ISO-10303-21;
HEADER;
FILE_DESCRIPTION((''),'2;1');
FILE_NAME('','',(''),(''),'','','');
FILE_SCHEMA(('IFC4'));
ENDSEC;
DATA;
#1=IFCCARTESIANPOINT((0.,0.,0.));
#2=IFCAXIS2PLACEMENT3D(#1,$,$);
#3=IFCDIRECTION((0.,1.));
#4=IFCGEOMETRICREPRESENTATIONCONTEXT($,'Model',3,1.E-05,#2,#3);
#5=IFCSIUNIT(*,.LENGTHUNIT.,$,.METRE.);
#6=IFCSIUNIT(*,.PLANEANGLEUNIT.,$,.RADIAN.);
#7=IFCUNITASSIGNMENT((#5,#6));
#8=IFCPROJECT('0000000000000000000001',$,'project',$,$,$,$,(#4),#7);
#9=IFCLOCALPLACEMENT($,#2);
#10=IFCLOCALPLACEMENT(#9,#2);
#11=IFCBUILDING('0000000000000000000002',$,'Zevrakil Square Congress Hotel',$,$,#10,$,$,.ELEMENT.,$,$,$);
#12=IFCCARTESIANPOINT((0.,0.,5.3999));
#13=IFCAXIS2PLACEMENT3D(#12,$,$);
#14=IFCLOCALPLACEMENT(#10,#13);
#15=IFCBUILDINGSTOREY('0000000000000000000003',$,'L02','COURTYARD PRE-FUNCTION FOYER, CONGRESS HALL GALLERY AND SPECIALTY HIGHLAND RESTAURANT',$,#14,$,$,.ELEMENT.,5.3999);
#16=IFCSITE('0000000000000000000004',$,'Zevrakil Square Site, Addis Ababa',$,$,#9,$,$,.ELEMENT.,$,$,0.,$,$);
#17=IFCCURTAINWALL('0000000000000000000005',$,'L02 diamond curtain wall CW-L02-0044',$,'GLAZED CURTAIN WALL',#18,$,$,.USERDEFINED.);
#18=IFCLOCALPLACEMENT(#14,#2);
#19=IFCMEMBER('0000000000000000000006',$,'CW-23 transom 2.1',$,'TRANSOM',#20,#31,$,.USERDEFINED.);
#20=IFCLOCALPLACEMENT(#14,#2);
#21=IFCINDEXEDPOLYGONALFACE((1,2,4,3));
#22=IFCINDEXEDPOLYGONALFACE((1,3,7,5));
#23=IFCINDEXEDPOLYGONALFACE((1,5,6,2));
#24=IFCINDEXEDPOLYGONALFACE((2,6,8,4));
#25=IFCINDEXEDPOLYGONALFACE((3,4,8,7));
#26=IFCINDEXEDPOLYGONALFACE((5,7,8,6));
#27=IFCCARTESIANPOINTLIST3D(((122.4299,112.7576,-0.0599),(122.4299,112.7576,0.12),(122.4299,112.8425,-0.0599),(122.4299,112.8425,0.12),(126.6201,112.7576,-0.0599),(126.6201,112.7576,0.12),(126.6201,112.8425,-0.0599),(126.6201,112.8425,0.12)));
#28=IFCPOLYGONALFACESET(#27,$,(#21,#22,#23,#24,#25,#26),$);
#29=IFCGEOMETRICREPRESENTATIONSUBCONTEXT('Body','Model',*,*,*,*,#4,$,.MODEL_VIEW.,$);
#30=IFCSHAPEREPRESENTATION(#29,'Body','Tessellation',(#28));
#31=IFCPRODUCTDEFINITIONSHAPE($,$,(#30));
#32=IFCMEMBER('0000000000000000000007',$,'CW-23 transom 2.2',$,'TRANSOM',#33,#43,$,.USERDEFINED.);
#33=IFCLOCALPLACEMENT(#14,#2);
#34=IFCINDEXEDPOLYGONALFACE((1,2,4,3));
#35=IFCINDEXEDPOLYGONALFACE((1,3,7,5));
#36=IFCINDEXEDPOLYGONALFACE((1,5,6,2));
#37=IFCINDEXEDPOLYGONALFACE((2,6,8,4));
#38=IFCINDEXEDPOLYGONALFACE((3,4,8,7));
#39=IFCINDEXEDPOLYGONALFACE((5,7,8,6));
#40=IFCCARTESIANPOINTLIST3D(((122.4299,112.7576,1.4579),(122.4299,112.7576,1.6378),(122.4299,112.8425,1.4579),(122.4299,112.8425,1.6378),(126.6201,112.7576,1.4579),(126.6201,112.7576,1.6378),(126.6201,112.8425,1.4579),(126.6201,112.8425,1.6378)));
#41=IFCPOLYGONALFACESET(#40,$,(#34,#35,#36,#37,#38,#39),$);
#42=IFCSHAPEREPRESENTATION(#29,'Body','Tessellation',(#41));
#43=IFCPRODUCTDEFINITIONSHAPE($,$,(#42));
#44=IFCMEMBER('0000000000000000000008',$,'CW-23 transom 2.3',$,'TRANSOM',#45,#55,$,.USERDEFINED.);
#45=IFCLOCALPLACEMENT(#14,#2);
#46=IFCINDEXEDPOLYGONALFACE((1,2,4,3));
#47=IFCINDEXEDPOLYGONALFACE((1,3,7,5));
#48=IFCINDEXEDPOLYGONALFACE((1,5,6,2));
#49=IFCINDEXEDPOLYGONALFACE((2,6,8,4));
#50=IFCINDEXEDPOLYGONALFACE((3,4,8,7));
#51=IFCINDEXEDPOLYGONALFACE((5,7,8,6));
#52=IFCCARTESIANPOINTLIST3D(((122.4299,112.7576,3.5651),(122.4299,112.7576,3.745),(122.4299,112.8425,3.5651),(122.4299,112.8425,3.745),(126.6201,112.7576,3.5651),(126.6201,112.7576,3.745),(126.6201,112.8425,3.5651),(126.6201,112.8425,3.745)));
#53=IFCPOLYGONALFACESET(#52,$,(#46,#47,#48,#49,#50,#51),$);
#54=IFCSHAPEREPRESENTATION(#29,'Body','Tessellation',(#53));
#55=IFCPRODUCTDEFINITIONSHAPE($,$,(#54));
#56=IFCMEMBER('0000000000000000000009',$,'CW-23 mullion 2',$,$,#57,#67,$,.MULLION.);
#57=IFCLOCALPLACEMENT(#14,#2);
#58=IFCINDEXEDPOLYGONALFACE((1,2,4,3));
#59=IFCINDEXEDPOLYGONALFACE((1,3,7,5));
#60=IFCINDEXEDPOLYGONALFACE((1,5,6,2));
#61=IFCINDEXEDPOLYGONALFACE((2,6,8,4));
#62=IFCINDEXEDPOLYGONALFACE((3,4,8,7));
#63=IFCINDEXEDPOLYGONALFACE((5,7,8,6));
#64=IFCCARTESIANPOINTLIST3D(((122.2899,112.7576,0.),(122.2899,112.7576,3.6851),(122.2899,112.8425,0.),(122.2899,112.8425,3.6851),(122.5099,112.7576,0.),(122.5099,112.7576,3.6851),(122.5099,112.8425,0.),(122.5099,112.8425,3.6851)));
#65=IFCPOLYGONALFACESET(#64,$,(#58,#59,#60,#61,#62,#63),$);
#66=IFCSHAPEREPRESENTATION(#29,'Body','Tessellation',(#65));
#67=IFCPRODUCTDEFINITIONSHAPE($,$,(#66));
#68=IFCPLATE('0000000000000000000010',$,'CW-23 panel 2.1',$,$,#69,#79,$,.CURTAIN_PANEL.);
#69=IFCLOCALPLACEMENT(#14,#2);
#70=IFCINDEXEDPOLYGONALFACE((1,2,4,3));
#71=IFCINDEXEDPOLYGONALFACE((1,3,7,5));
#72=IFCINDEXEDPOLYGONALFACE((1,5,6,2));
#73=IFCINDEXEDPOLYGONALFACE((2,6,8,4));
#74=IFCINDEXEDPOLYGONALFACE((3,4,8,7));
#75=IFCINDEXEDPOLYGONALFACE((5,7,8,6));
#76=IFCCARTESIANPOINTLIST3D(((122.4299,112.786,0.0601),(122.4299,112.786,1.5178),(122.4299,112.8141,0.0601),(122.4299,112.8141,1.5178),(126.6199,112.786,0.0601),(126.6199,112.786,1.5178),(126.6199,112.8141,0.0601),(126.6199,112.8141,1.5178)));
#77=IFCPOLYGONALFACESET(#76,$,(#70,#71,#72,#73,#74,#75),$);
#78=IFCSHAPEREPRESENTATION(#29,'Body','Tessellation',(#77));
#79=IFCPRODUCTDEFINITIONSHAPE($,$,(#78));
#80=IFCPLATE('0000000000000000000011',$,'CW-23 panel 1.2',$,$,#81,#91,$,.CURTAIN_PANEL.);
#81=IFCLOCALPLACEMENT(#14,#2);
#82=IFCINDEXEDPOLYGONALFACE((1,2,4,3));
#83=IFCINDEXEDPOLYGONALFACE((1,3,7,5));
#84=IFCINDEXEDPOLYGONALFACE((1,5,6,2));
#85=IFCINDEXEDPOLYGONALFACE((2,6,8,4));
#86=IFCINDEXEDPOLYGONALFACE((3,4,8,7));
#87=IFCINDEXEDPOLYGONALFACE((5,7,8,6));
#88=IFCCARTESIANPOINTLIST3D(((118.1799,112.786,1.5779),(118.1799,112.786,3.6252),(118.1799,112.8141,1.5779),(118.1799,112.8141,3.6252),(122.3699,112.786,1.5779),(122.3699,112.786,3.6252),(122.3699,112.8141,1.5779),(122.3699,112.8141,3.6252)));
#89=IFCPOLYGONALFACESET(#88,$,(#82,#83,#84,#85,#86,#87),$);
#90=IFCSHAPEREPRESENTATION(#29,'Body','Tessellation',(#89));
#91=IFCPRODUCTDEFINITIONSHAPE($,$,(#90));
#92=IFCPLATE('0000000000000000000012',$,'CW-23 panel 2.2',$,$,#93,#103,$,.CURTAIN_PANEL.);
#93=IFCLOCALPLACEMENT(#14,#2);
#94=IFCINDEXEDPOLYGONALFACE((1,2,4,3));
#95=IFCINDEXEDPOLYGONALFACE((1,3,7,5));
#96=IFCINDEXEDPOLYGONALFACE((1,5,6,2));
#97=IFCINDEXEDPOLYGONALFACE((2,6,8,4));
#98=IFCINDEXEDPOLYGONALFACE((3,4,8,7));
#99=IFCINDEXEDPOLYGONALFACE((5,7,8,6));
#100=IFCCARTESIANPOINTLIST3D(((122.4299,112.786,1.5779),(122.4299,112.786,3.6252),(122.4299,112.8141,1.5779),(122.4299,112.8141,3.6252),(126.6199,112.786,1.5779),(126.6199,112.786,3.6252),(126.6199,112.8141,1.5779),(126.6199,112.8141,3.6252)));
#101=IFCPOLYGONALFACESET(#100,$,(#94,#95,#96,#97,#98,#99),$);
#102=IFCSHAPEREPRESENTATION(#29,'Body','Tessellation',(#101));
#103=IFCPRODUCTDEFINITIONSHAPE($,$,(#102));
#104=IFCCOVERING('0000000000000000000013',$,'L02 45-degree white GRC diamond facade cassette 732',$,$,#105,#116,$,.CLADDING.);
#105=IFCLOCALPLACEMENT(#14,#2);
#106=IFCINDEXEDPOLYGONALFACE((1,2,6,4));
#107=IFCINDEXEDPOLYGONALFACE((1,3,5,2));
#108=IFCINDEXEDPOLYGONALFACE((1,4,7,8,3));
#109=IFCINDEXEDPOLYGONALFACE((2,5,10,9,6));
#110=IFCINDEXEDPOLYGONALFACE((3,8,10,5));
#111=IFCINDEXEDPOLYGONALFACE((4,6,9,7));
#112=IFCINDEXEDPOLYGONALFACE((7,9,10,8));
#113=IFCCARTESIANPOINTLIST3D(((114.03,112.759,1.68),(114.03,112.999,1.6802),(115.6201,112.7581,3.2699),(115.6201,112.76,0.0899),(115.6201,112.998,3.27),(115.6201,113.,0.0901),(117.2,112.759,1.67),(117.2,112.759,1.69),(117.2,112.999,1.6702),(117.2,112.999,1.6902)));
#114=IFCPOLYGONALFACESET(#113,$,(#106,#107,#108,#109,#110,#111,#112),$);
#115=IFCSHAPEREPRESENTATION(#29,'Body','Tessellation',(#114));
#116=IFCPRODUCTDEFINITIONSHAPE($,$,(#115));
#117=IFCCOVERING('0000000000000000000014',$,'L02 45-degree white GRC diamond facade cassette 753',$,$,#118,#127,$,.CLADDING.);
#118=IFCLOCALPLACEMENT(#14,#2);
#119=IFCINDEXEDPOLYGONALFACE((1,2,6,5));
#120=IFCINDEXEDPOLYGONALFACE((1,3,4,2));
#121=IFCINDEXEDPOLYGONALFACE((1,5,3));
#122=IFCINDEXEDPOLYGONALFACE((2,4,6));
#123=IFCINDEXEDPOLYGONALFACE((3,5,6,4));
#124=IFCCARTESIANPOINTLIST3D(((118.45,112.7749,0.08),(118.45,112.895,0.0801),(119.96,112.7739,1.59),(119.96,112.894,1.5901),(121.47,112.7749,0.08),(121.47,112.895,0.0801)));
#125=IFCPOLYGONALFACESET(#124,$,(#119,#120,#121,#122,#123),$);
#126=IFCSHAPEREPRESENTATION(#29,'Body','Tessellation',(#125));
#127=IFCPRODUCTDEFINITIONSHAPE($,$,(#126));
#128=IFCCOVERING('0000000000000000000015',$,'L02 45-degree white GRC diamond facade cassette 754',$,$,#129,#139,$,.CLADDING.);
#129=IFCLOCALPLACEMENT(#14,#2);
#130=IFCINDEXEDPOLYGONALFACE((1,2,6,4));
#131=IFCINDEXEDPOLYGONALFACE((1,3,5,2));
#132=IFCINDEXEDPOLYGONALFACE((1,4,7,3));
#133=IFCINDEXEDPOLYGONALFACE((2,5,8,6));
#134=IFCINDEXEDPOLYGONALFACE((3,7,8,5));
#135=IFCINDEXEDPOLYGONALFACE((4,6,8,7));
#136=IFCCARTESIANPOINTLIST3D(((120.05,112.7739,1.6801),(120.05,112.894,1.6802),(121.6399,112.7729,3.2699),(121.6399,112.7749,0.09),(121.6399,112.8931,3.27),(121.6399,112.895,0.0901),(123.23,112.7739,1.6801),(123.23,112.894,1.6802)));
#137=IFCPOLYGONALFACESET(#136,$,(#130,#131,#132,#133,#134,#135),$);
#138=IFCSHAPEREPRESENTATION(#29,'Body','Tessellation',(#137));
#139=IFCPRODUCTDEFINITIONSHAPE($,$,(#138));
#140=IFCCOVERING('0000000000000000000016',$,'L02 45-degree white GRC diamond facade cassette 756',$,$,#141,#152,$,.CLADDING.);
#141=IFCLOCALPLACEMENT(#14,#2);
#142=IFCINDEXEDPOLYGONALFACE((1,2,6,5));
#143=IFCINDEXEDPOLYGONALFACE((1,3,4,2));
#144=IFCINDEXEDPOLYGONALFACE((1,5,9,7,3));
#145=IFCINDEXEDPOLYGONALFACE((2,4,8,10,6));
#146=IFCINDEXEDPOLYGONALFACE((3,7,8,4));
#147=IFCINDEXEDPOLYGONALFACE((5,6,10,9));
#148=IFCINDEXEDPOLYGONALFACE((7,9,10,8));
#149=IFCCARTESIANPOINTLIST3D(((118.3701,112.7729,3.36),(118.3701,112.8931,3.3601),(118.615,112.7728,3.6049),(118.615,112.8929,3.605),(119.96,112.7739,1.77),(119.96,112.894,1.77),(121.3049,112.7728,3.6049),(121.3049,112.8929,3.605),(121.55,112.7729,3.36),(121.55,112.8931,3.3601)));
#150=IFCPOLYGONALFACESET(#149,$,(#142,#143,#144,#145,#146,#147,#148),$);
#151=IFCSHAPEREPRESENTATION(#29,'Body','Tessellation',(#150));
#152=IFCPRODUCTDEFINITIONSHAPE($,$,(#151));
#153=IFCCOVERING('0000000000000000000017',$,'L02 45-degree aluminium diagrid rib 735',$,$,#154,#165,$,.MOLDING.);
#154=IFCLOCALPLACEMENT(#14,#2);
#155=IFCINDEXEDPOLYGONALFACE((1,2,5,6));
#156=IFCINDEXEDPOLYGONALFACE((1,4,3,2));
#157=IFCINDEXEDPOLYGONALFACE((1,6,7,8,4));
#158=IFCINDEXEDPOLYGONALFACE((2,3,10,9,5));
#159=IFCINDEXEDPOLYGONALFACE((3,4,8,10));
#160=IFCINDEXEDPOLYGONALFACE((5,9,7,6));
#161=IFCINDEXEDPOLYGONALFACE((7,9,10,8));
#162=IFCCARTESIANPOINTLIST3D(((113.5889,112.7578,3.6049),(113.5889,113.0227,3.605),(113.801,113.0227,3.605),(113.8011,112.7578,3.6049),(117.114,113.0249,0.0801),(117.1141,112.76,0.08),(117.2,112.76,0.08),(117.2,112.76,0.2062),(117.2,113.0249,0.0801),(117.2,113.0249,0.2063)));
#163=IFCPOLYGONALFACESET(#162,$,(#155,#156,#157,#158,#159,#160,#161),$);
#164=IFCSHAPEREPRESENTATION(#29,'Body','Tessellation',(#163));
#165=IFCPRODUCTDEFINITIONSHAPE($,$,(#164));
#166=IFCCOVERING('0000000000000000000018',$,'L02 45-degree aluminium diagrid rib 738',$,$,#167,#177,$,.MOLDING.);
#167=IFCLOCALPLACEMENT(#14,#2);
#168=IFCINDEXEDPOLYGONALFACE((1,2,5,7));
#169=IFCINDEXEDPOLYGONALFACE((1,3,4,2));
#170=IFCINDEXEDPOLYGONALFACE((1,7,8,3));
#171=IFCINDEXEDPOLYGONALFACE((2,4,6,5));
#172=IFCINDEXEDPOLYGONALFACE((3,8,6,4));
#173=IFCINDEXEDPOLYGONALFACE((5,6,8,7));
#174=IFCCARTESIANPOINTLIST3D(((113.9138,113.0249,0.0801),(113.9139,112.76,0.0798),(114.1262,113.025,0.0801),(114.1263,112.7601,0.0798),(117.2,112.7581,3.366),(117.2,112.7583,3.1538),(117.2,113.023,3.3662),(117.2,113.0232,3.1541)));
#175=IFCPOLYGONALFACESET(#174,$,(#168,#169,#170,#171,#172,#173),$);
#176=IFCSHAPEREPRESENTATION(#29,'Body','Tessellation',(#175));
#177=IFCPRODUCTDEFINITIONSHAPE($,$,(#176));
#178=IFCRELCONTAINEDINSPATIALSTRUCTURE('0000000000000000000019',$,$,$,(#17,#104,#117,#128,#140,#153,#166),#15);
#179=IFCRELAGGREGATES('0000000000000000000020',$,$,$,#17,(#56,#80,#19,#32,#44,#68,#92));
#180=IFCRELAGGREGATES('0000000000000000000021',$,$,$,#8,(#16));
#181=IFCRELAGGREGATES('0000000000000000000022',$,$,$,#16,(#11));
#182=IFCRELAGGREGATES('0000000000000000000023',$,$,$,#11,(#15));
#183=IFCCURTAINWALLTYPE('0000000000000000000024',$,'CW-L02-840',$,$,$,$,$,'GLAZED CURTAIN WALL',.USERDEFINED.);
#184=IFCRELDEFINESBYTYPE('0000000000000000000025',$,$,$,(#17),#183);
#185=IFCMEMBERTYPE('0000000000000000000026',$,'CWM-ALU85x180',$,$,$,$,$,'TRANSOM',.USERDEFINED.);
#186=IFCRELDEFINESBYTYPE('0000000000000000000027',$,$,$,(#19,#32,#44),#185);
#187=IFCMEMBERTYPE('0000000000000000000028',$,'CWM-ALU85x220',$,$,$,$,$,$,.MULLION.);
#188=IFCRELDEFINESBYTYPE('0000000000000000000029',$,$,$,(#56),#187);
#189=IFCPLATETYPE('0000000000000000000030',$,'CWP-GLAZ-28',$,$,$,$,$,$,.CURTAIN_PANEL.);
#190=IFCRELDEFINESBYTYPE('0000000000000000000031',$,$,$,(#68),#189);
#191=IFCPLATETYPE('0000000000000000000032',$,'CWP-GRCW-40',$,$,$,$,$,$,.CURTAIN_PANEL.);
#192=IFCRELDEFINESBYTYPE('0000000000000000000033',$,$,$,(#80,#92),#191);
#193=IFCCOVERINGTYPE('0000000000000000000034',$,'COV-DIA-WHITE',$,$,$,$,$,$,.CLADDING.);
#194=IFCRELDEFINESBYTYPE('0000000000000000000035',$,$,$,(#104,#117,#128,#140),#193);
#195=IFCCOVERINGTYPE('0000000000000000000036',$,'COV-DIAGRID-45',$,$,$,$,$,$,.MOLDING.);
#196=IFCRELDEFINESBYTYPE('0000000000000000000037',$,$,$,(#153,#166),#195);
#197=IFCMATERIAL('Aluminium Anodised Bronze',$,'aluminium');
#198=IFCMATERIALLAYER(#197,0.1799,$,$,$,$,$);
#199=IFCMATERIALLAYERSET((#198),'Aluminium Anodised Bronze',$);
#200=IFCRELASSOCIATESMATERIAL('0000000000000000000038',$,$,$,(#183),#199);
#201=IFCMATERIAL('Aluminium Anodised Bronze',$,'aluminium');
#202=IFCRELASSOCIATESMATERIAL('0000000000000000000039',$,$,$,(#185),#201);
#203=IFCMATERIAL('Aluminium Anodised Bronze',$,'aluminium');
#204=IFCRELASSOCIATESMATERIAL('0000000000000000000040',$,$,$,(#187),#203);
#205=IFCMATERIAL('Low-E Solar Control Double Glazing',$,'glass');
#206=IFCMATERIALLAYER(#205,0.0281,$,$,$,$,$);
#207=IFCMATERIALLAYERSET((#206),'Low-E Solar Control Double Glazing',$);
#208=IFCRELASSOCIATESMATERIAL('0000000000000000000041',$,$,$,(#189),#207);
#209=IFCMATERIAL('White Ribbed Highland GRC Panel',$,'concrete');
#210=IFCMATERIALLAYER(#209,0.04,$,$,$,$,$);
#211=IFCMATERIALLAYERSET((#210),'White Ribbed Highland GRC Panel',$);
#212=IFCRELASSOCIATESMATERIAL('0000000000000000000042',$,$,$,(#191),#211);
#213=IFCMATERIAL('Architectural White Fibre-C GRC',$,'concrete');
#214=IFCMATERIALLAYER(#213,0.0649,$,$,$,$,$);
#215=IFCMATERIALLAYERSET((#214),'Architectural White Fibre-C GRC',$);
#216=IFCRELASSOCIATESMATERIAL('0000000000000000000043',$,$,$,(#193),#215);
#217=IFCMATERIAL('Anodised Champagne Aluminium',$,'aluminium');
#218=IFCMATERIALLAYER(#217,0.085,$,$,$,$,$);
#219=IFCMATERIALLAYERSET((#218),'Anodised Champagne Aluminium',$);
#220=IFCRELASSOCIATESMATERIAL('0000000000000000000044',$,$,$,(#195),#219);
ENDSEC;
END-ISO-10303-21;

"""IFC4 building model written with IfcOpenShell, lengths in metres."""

from ifc_helpers import new_model, si_unit, direction, frame, origin, origin_2d, place, context, subcontext, project, spatial, polyline, rectangle, outline, extrude, material, layer, layer_set, material_profile, profile_set, type_object, element, aggregate, save


model = new_model("IFC4")

# Units and contexts
model_context = context("Model", 3, precision=1e-05, world=origin(), true_north=direction((0.0, 1.0)))
body_context = subcontext(model_context, "Body", "Model", "MODEL_VIEW")
ifc_project = project(units=[si_unit("LENGTHUNIT", "METRE"), si_unit("PLANEANGLEUNIT", "RADIAN")], contexts=[model_context])

# Site, building, storey
site_placement = place(None, origin())
site = spatial("IfcSite", under=ifc_project, at=site_placement, Name="Zevrakil Square Site, Addis Ababa", CompositionType="ELEMENT", RefElevation=0.0)
building_placement = place(site_placement, origin())
building = spatial("IfcBuilding", under=site, at=building_placement, Name="Zevrakil Square Congress Hotel", CompositionType="ELEMENT")
storey_placement = place(building_placement, frame((0.0, 0.0, 5.3999)))
storey = spatial("IfcBuildingStorey", under=building, at=storey_placement, Name="L02", Description="COURTYARD PRE-FUNCTION FOYER, CONGRESS HALL GALLERY AND SPECIALTY HIGHLAND RESTAURANT", CompositionType="ELEMENT", Elevation=5.3999)

# Curtain wall, members, plates
ifc_material_1 = material(Name="Aluminium Anodised Bronze", Category="aluminium")
ifc_layer_1 = layer(ifc_material_1, 0.1799)
ifc_layer_set_1 = layer_set([ifc_layer_1], Name="Aluminium Anodised Bronze")
curtain_wall_type = type_object("IfcCurtainWallType", Name="CW-L02-840", ElementType="GLAZED CURTAIN WALL", PredefinedType="USERDEFINED", material=ifc_layer_set_1)
curtain_wall_placement = place(storey_placement, origin())
curtain_wall = element("IfcCurtainWall", 1, at=curtain_wall_placement, inside=storey, type_object=curtain_wall_type, Name="L02 diamond curtain wall CW-L02-0044", ObjectType="GLAZED CURTAIN WALL", PredefinedType="USERDEFINED")
ifc_material_2 = material(Name="Aluminium Anodised Bronze", Category="aluminium")
ifc_material_profile_1 = material_profile(ifc_material_2, rectangle(XDim=0.085, YDim=0.1799, at=origin_2d()), Name="ALU 85x180")
ifc_profile_set_1 = profile_set([ifc_material_profile_1], Name="Aluminium Anodised Bronze")
member_type_1 = type_object("IfcMemberType", Name="CWM-ALU85x180", ElementType="TRANSOM", PredefinedType="USERDEFINED", material=ifc_profile_set_1)
member_1_placement = place(storey_placement, frame((122.4299, 112.8, 0.03), z_axis=(1.0, 0.0, 0.0), x_axis=(0.0, 1.0, 0.0)))
member_1 = element("IfcMember", 2, at=member_1_placement, type_object=member_type_1, Name="CW-23 transom 2.1", ObjectType="TRANSOM", PredefinedType="USERDEFINED", context=body_context, shape_type="SweptSolid", body=[
    extrude(rectangle(XDim=0.085, YDim=0.1799, at=origin_2d()), origin(), (0.0, 0.0, 1.0), 4.1902),
])
member_2_placement = place(storey_placement, frame((122.4299, 112.8, 1.5479), z_axis=(1.0, 0.0, 0.0), x_axis=(0.0, 1.0, 0.0)))
member_2 = element("IfcMember", 3, at=member_2_placement, type_object=member_type_1, Name="CW-23 transom 2.2", ObjectType="TRANSOM", PredefinedType="USERDEFINED", context=body_context, shape_type="SweptSolid", body=[
    extrude(rectangle(XDim=0.085, YDim=0.1799, at=origin_2d()), origin(), (0.0, 0.0, 1.0), 4.1902),
])
member_3_placement = place(storey_placement, frame((122.4299, 112.8, 3.655), z_axis=(1.0, 0.0, 0.0), x_axis=(0.0, 1.0, 0.0)))
member_3 = element("IfcMember", 4, at=member_3_placement, type_object=member_type_1, Name="CW-23 transom 2.3", ObjectType="TRANSOM", PredefinedType="USERDEFINED", context=body_context, shape_type="SweptSolid", body=[
    extrude(rectangle(XDim=0.085, YDim=0.1799, at=origin_2d()), origin(), (0.0, 0.0, 1.0), 4.1902),
])
ifc_material_3 = material(Name="Aluminium Anodised Bronze", Category="aluminium")
ifc_material_profile_2 = material_profile(ifc_material_3, rectangle(XDim=0.085, YDim=0.22, at=origin_2d()), Name="ALU 85x220")
ifc_profile_set_2 = profile_set([ifc_material_profile_2], Name="Aluminium Anodised Bronze")
member_type_2 = type_object("IfcMemberType", Name="CWM-ALU85x220", PredefinedType="MULLION", material=ifc_profile_set_2)
member_4_placement = place(storey_placement, frame((122.3999, 112.8, 0.0), z_axis=(0.0, 0.0, 1.0), x_axis=(0.0, 1.0, 0.0)))
member_4 = element("IfcMember", 5, at=member_4_placement, type_object=member_type_2, Name="CW-23 mullion 2", PredefinedType="MULLION", context=body_context, shape_type="SweptSolid", body=[
    extrude(rectangle(XDim=0.085, YDim=0.22, at=origin_2d()), origin(), (0.0, 0.0, 1.0), 3.6851),
])
ifc_material_4 = material(Name="Low-E Solar Control Double Glazing", Category="glass")
ifc_layer_2 = layer(ifc_material_4, 0.0281)
ifc_layer_set_2 = layer_set([ifc_layer_2], Name="Low-E Solar Control Double Glazing")
plate_type_1 = type_object("IfcPlateType", Name="CWP-GLAZ-28", PredefinedType="CURTAIN_PANEL", material=ifc_layer_set_2)
plate_1_placement = place(storey_placement, frame((124.5249, 112.8, 0.0601), z_axis=(0.0, 0.0, 1.0), x_axis=(1.0, 0.0, 0.0)))
plate_1 = element("IfcPlate", 6, at=plate_1_placement, type_object=plate_type_1, Name="CW-23 panel 2.1", PredefinedType="CURTAIN_PANEL", context=body_context, shape_type="SweptSolid", body=[
    extrude(rectangle(XDim=4.1899, YDim=0.0281, at=origin_2d()), origin(), (0.0, 0.0, 1.0), 1.4578),
])
ifc_material_5 = material(Name="White Ribbed Highland GRC Panel", Category="concrete")
ifc_layer_3 = layer(ifc_material_5, 0.04)
ifc_layer_set_3 = layer_set([ifc_layer_3], Name="White Ribbed Highland GRC Panel")
plate_type_2 = type_object("IfcPlateType", Name="CWP-GRCW-40", PredefinedType="CURTAIN_PANEL", material=ifc_layer_set_3)
plate_2_placement = place(storey_placement, frame((120.2749, 112.8, 1.5779), z_axis=(0.0, 0.0, 1.0), x_axis=(1.0, 0.0, 0.0)))
plate_2 = element("IfcPlate", 7, at=plate_2_placement, type_object=plate_type_2, Name="CW-23 panel 1.2", PredefinedType="CURTAIN_PANEL", context=body_context, shape_type="SweptSolid", body=[
    extrude(rectangle(XDim=4.1899, YDim=0.0281, at=origin_2d()), origin(), (0.0, 0.0, 1.0), 2.0474),
])
plate_3_placement = place(storey_placement, frame((124.5249, 112.8, 1.5779), z_axis=(0.0, 0.0, 1.0), x_axis=(1.0, 0.0, 0.0)))
plate_3 = element("IfcPlate", 8, at=plate_3_placement, type_object=plate_type_2, Name="CW-23 panel 2.2", PredefinedType="CURTAIN_PANEL", context=body_context, shape_type="SweptSolid", body=[
    extrude(rectangle(XDim=4.1899, YDim=0.0281, at=origin_2d()), origin(), (0.0, 0.0, 1.0), 2.0474),
])
aggregate(curtain_wall, [member_4, plate_2, member_1, member_2, member_3, plate_1, plate_3])

# Coverings
ifc_material_6 = material(Name="Architectural White Fibre-C GRC", Category="concrete")
ifc_layer_4 = layer(ifc_material_6, 0.0649)
ifc_layer_set_4 = layer_set([ifc_layer_4], Name="Architectural White Fibre-C GRC")
covering_type_1 = type_object("IfcCoveringType", Name="COV-DIA-WHITE", PredefinedType="CLADDING", material=ifc_layer_set_4)
covering_1_placement = place(storey_placement, frame((115.6201, 112.998, 3.27), z_axis=(0.0, 1.0, 0.000612), x_axis=(-0.707161, 0.000433, -0.707052)))
element("IfcCovering", 9, at=covering_1_placement, inside=storey, type_object=covering_type_1, Name="L02 45-degree white GRC diamond facade cassette 732", PredefinedType="CLADDING", context=body_context, shape_type="SweptSolid", body=[
    extrude(outline(polyline([(0.0, 0.0), (2.2486, 0.0), (2.2484, -2.2487), (0.014, -2.2484), (-0.0002, -2.2342), (0.0, 0.0)])), origin(), (0.0, 0.0, -1.0), 0.24),
])
covering_2_placement = place(storey_placement, frame((119.96, 112.894, 1.5901), z_axis=(0.0, 1.0, 0.000647), x_axis=(-0.707107, 0.000457, -0.707107)))
element("IfcCovering", 10, at=covering_2_placement, inside=storey, type_object=covering_type_1, Name="L02 45-degree white GRC diamond facade cassette 753", PredefinedType="CLADDING", context=body_context, shape_type="SweptSolid", body=[
    extrude(outline(polyline([(0.0, 0.0), (2.1355, 0.0), (0.0, -2.1355), (0.0, 0.0)])), origin(), (0.0, 0.0, -1.0), 0.1201),
])
covering_3_placement = place(storey_placement, frame((121.6399, 112.8931, 3.27), z_axis=(0.0, 1.0, 0.000614), x_axis=(-0.707107, 0.000434, -0.707107)))
element("IfcCovering", 11, at=covering_3_placement, inside=storey, type_object=covering_type_1, Name="L02 45-degree white GRC diamond facade cassette 754", PredefinedType="CLADDING", context=body_context, shape_type="SweptSolid", body=[
    extrude(outline(polyline([(0.0, 0.0), (2.2484, 0.0), (2.2486, -2.2486), (-0.0002, -2.2486), (0.0, 0.0)])), origin(), (0.0, 0.0, -1.0), 0.1201),
])
covering_4_placement = place(storey_placement, frame((118.3701, 112.8931, 3.3601), z_axis=(0.0, 1.0, 0.000579), x_axis=(0.707052, 0.00041, -0.707161)))
element("IfcCovering", 12, at=covering_4_placement, inside=storey, type_object=covering_type_1, Name="L02 45-degree white GRC diamond facade cassette 756", PredefinedType="CLADDING", context=body_context, shape_type="SweptSolid", body=[
    extrude(outline(polyline([(0.0, 0.0), (2.2486, 0.0), (2.2484, -2.2487), (1.9019, -2.2485), (0.0, -0.3463), (0.0, 0.0)])), origin(), (0.0, 0.0, -1.0), 0.1201),
])
ifc_material_7 = material(Name="Anodised Champagne Aluminium", Category="aluminium")
ifc_layer_5 = layer(ifc_material_7, 0.085)
ifc_layer_set_5 = layer_set([ifc_layer_5], Name="Anodised Champagne Aluminium")
covering_type_2 = type_object("IfcCoveringType", Name="COV-DIAGRID-45", PredefinedType="MOLDING", material=ifc_layer_set_5)
covering_5_placement = place(storey_placement, frame((117.114, 113.0249, 0.0801), z_axis=(-0.000187, 1.0, 0.000443), x_axis=(1.0, 0.000187, 0.0)))
element("IfcCovering", 13, at=covering_5_placement, inside=storey, type_object=covering_type_2, Name="L02 45-degree aluminium diagrid rib 735", PredefinedType="MOLDING", context=body_context, shape_type="SweptSolid", body=[
    extrude(outline(polyline([(0.0, 0.0), (0.0859, 0.0), (0.0859, -0.1262), (-3.313, -3.5249), (-3.5251, -3.5249), (0.0, 0.0)])), origin(), (0.0, 0.0, -1.0), 0.2649),
])
covering_6_placement = place(storey_placement, frame((117.2, 113.0232, 3.1541), z_axis=(-0.000287, 1.0, 0.000863), x_axis=(0.0, -0.000863, 1.0)))
element("IfcCovering", 14, at=covering_6_placement, inside=storey, type_object=covering_type_2, Name="L02 45-degree aluminium diagrid rib 738", PredefinedType="MOLDING", context=body_context, shape_type="SweptSolid", body=[
    extrude(outline(polyline([(0.0, 0.0), (0.2122, 0.0), (-3.074, -3.2861), (-3.074, -3.0737), (0.0, 0.0)])), origin(), (0.0, 0.0, -1.0), 0.2649),
])

save(model, "model.ifc")
